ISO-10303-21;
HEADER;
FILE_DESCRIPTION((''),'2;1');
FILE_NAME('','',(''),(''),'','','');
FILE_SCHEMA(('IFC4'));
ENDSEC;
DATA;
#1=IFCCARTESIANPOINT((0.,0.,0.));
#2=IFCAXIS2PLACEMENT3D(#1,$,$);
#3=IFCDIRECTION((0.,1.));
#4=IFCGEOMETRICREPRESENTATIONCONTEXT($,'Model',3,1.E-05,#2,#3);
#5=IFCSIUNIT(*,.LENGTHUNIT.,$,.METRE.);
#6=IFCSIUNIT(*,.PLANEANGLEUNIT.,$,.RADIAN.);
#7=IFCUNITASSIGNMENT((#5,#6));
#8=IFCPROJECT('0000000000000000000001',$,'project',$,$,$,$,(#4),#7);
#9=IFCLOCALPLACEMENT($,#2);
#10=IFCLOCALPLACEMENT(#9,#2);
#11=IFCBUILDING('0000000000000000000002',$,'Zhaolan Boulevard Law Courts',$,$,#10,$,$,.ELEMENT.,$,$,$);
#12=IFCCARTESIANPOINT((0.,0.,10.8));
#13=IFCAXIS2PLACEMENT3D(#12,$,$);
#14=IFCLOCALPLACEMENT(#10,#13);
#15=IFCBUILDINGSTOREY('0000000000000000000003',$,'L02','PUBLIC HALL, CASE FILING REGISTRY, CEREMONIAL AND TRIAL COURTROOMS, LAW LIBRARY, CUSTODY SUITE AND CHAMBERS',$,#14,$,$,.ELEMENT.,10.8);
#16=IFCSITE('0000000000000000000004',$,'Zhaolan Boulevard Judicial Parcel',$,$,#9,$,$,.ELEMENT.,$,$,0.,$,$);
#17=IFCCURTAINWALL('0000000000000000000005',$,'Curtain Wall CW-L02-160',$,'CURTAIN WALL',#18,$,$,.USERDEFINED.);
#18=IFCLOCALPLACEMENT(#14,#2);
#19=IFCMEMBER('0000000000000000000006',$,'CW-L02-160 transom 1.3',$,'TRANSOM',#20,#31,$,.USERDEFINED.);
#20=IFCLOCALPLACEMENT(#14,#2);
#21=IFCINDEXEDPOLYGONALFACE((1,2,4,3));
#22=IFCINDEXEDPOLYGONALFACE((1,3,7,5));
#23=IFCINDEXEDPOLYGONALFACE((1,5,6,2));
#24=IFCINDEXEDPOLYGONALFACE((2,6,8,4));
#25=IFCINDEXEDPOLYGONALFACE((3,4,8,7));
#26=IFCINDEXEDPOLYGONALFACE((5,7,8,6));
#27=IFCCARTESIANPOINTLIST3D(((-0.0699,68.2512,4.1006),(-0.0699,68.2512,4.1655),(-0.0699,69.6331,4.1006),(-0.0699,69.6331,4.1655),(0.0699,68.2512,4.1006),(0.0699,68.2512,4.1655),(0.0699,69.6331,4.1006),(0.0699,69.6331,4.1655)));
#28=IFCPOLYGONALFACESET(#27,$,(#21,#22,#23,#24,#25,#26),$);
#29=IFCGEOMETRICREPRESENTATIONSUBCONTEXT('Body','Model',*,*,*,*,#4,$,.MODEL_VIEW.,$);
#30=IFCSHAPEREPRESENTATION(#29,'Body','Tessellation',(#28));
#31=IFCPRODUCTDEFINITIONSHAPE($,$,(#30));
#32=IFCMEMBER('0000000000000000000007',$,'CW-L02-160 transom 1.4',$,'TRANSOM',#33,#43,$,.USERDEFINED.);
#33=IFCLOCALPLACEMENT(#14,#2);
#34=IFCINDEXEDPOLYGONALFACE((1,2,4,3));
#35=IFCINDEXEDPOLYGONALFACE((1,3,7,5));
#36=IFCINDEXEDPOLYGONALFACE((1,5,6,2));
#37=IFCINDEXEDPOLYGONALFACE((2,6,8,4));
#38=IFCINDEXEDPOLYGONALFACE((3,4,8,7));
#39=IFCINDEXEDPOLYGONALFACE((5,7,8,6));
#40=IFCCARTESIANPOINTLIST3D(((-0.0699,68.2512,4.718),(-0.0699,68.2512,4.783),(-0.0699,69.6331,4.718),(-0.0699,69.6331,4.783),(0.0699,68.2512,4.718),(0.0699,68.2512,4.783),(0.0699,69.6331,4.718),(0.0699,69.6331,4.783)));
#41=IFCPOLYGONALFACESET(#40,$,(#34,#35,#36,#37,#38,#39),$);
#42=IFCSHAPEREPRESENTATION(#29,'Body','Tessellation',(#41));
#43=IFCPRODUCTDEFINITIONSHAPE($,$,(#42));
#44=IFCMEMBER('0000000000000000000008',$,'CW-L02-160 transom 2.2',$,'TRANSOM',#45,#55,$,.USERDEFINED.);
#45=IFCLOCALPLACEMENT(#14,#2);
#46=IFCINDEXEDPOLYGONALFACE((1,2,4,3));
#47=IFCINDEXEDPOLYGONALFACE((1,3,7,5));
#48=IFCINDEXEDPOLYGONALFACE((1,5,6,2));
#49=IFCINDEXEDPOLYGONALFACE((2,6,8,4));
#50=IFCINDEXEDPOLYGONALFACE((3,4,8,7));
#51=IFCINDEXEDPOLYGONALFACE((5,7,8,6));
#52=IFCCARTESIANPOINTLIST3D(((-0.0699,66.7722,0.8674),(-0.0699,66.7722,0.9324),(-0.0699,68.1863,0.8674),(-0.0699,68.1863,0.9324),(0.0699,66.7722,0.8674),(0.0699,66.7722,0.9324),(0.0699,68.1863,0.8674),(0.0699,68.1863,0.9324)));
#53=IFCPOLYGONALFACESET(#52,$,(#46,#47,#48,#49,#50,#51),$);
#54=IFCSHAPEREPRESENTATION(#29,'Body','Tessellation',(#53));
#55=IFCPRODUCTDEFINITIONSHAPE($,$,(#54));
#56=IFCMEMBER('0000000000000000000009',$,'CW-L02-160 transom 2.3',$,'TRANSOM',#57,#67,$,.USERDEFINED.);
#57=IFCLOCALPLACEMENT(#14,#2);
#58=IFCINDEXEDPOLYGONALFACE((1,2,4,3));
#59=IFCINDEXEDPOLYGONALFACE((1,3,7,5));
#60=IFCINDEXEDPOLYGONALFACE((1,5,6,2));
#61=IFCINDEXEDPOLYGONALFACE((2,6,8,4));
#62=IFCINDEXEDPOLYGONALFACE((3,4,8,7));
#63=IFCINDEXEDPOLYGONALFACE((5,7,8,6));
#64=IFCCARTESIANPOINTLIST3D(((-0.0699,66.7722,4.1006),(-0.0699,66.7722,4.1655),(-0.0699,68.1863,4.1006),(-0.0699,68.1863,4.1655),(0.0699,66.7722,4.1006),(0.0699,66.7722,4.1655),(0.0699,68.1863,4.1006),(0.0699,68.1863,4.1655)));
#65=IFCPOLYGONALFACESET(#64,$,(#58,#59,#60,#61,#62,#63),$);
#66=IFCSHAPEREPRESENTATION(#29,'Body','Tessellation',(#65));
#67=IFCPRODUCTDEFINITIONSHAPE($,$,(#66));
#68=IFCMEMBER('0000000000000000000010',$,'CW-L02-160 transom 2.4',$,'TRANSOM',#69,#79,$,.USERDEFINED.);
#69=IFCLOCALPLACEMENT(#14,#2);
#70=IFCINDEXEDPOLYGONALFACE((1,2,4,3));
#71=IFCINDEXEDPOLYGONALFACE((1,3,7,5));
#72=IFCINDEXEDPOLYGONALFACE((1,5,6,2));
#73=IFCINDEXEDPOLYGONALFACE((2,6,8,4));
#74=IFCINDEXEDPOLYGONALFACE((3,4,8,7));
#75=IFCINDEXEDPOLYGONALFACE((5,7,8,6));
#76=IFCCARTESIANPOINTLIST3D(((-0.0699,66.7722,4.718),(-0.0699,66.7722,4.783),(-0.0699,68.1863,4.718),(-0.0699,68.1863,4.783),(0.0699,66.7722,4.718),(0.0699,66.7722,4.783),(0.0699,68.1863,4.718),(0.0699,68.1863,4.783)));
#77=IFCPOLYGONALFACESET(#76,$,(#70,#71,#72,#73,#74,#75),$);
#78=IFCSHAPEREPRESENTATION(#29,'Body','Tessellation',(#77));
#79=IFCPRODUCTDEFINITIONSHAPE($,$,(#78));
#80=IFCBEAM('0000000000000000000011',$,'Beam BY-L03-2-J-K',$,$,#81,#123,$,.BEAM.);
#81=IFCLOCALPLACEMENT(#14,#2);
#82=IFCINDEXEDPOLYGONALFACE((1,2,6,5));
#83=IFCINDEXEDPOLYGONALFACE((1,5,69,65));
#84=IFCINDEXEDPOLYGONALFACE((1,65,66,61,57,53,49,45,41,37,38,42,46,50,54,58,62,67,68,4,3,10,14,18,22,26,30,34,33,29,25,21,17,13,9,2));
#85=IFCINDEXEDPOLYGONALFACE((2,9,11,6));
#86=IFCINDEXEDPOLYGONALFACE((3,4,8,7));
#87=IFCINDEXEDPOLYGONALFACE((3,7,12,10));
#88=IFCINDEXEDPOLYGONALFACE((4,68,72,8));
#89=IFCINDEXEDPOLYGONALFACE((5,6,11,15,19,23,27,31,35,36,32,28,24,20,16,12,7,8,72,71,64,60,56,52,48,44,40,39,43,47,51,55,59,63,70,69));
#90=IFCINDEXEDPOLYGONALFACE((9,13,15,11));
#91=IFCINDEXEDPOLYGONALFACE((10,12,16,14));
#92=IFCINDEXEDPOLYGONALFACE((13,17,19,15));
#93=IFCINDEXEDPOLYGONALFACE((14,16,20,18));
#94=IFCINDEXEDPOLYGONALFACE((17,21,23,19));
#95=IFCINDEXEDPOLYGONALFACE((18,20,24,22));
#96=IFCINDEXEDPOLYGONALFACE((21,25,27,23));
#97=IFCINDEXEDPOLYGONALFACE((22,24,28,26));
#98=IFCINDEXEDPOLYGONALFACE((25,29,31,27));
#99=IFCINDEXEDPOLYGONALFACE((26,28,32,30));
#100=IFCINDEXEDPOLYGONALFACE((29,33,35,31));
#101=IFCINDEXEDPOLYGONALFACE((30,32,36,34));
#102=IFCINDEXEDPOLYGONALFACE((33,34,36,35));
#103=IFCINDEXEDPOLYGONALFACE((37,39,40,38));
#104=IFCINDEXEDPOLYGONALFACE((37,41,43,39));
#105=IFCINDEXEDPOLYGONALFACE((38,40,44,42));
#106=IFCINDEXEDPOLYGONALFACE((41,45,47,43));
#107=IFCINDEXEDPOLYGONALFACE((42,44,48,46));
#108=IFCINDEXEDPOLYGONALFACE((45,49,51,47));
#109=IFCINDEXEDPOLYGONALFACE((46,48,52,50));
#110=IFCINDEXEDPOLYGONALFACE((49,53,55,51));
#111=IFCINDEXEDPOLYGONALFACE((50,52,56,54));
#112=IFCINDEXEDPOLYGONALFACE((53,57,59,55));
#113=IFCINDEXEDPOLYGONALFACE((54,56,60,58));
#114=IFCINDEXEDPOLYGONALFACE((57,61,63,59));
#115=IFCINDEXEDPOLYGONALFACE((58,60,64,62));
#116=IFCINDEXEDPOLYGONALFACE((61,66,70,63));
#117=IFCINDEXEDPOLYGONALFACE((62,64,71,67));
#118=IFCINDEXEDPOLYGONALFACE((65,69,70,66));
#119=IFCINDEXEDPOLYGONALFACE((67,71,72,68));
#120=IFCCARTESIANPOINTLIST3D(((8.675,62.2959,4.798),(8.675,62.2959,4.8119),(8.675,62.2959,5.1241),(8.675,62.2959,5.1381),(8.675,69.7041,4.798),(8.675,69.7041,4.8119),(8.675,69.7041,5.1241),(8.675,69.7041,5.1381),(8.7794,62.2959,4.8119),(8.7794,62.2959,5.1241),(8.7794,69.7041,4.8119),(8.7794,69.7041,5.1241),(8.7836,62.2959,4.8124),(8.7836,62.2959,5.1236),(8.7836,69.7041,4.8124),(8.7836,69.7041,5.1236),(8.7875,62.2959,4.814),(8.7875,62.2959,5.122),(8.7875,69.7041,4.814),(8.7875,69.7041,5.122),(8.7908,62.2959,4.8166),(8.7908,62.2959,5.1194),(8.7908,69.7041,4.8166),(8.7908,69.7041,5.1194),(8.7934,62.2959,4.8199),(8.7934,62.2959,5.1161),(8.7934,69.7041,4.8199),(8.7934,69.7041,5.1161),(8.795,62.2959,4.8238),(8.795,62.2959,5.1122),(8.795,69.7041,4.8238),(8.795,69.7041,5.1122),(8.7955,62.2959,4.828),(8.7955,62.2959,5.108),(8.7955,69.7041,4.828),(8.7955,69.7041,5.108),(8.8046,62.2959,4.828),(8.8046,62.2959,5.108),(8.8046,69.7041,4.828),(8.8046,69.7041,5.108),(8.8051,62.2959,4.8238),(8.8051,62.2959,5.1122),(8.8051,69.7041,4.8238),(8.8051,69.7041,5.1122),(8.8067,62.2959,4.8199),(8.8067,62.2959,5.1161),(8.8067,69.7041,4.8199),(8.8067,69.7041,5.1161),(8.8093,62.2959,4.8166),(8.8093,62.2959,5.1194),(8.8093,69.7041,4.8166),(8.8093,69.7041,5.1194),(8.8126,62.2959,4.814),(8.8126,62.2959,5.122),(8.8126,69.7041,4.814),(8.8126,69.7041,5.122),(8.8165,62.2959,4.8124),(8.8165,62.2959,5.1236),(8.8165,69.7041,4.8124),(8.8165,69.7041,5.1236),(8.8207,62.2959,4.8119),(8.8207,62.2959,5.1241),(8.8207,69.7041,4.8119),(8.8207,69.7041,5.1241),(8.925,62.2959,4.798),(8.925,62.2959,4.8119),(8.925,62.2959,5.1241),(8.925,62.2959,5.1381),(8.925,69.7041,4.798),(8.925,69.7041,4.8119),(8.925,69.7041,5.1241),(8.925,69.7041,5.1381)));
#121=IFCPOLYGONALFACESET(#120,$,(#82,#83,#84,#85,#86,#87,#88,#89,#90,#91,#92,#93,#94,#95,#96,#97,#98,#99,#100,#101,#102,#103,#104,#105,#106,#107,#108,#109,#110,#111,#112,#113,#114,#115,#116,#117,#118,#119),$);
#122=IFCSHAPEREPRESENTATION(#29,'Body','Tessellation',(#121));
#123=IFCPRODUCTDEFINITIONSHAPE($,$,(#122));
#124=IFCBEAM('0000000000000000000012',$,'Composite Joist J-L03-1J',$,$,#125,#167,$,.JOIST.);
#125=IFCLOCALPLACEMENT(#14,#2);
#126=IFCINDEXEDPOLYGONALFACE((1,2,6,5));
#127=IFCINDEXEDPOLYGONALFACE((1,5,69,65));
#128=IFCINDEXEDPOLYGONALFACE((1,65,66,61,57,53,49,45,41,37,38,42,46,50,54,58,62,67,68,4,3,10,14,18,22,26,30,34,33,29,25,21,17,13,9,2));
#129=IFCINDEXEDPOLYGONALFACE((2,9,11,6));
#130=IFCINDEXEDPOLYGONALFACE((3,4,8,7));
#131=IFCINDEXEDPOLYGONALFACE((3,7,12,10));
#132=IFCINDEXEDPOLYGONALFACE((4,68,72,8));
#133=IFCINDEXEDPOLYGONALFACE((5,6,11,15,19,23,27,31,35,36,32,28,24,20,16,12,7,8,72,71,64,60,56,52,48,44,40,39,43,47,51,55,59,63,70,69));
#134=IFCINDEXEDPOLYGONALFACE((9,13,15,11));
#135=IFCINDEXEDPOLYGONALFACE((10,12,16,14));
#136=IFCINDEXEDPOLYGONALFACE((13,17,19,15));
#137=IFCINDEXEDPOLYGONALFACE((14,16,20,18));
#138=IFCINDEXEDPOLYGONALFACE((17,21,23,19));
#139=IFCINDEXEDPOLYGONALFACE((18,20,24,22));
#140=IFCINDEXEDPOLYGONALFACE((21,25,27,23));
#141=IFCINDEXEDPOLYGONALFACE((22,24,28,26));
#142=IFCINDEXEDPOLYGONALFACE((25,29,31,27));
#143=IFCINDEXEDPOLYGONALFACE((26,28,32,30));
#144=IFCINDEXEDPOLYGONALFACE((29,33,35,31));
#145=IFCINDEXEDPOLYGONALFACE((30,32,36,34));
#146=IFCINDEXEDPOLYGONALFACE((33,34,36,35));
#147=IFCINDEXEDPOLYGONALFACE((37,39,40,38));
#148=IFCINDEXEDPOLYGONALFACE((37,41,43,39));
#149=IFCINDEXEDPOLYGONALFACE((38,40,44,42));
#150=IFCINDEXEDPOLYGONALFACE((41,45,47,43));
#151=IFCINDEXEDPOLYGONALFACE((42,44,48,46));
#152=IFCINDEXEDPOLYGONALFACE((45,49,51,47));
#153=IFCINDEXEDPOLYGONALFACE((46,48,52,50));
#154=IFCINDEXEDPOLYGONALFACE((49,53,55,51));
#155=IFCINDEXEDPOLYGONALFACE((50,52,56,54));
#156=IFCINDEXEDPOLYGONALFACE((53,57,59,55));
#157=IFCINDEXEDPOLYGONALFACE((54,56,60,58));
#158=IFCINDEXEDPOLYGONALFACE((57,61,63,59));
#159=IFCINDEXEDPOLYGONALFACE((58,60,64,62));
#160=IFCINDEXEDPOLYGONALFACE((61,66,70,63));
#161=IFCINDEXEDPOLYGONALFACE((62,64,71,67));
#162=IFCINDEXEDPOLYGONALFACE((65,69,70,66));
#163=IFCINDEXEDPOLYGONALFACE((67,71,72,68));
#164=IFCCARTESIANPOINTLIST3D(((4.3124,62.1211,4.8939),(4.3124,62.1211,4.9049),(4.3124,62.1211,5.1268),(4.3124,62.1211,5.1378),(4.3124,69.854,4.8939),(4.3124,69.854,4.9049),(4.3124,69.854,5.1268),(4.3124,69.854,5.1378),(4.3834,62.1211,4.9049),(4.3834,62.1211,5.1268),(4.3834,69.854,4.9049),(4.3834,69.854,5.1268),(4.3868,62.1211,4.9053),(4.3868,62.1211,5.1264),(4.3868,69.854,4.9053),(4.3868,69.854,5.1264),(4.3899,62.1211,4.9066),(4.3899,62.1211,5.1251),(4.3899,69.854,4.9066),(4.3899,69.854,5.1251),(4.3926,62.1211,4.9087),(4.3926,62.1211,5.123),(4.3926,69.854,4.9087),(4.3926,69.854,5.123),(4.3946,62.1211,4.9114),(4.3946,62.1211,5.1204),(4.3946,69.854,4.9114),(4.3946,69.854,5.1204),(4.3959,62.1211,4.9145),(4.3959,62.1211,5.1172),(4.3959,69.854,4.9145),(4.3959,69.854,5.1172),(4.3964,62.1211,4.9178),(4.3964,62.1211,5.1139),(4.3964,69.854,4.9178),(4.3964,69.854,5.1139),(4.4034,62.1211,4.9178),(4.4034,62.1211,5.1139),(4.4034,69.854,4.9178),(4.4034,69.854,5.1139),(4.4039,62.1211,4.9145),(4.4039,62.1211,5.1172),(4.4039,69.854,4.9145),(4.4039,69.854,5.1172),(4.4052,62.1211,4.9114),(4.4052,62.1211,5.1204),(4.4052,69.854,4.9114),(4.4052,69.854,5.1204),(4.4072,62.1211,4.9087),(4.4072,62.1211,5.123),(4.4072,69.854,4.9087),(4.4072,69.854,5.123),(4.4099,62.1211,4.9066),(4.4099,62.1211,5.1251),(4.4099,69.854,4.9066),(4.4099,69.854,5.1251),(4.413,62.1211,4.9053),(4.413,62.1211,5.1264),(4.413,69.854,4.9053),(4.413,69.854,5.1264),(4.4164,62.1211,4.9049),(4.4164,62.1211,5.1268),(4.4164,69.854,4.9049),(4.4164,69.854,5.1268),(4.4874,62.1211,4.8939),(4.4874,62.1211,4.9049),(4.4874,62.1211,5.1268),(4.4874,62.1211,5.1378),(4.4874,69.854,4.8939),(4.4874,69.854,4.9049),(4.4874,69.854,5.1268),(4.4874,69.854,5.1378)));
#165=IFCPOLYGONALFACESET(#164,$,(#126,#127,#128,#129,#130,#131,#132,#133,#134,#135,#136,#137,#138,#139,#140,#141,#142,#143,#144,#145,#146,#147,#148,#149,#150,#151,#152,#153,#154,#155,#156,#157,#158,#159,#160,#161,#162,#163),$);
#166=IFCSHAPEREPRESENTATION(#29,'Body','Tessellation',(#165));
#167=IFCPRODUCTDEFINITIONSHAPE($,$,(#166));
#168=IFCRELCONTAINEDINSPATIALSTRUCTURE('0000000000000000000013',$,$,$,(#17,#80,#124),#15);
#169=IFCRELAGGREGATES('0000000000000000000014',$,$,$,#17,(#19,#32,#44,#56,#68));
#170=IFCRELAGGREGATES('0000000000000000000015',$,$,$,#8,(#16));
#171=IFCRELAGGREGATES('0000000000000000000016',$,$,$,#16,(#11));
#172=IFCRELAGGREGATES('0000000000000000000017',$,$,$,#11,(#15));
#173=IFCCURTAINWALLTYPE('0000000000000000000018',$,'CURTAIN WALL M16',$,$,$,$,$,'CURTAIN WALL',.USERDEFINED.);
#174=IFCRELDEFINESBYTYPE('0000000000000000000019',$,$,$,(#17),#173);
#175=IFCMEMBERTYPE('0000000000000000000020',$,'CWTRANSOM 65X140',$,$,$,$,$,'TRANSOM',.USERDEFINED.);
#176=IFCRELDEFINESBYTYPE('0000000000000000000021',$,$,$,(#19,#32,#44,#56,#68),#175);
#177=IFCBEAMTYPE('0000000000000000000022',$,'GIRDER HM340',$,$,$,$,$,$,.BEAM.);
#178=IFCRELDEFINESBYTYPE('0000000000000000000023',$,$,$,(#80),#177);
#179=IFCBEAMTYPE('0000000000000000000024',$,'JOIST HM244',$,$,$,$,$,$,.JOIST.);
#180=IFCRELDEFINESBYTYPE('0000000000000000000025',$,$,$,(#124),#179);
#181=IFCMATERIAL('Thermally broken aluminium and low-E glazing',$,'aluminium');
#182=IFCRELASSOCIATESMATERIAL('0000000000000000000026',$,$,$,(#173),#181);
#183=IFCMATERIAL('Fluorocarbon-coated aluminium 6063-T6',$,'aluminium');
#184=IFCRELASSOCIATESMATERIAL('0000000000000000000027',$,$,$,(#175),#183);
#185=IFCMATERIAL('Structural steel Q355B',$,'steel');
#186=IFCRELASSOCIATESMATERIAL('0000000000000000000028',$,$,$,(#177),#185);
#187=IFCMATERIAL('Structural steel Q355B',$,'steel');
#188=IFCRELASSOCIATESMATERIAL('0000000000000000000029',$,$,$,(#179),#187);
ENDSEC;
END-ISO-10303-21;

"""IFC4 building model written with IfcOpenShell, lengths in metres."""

from ifc_helpers import new_model, si_unit, direction, frame, origin, origin_2d, place, context, subcontext, project, spatial, rectangle, i_section, extrude, material, material_profile, profile_set, type_object, element, aggregate, save


model = new_model("IFC4")

# Units and contexts
model_context = context("Model", 3, precision=1e-05, world=origin(), true_north=direction((0.0, 1.0)))
body_context = subcontext(model_context, "Body", "Model", "MODEL_VIEW")
ifc_project = project(units=[si_unit("LENGTHUNIT", "METRE"), si_unit("PLANEANGLEUNIT", "RADIAN")], contexts=[model_context])

# Site, building, storey
site_placement = place(None, origin())
site = spatial("IfcSite", under=ifc_project, at=site_placement, Name="Zhaolan Boulevard Judicial Parcel", CompositionType="ELEMENT", RefElevation=0.0)
building_placement = place(site_placement, origin())
building = spatial("IfcBuilding", under=site, at=building_placement, Name="Zhaolan Boulevard Law Courts", CompositionType="ELEMENT")
storey_placement = place(building_placement, frame((0.0, 0.0, 10.8)))
storey = spatial("IfcBuildingStorey", under=building, at=storey_placement, Name="L02", Description="PUBLIC HALL, CASE FILING REGISTRY, CEREMONIAL AND TRIAL COURTROOMS, LAW LIBRARY, CUSTODY SUITE AND CHAMBERS", CompositionType="ELEMENT", Elevation=10.8)

# Curtain wall, members
ifc_material_1 = material(Name="Thermally broken aluminium and low-E glazing", Category="aluminium")
curtain_wall_type = type_object("IfcCurtainWallType", Name="CURTAIN WALL M16", ElementType="CURTAIN WALL", PredefinedType="USERDEFINED", material=ifc_material_1)
curtain_wall_placement = place(storey_placement, origin())
curtain_wall = element("IfcCurtainWall", 1, at=curtain_wall_placement, inside=storey, type_object=curtain_wall_type, Name="Curtain Wall CW-L02-160", ObjectType="CURTAIN WALL", PredefinedType="USERDEFINED")
ifc_material_2 = material(Name="Fluorocarbon-coated aluminium 6063-T6", Category="aluminium")
ifc_material_profile_1 = material_profile(ifc_material_2, rectangle(XDim=0.1399, YDim=0.0649, at=origin_2d()), Name="AL65x140")
ifc_profile_set_1 = profile_set([ifc_material_profile_1], Name="Fluorocarbon-coated aluminium 6063-T6")
member_type_1 = type_object("IfcMemberType", Name="CWTRANSOM 65X140", ElementType="TRANSOM", PredefinedType="USERDEFINED", material=ifc_profile_set_1)
member_1_placement = place(storey_placement, frame((0.0, 69.6331, 4.1331), z_axis=(0.0, -1.0, 0.0), x_axis=(1.0, 0.0, 0.0)))
member_1 = element("IfcMember", 2, at=member_1_placement, type_object=member_type_1, Name="CW-L02-160 transom 1.3", ObjectType="TRANSOM", PredefinedType="USERDEFINED", context=body_context, shape_type="SweptSolid", body=[
    extrude(rectangle(XDim=0.1399, YDim=0.0649, at=origin_2d()), origin(), (0.0, 0.0, 1.0), 1.3818),
])
member_2_placement = place(storey_placement, frame((0.0, 69.6331, 4.7505), z_axis=(0.0, -1.0, 0.0), x_axis=(1.0, 0.0, 0.0)))
member_2 = element("IfcMember", 3, at=member_2_placement, type_object=member_type_1, Name="CW-L02-160 transom 1.4", ObjectType="TRANSOM", PredefinedType="USERDEFINED", context=body_context, shape_type="SweptSolid", body=[
    extrude(rectangle(XDim=0.1399, YDim=0.0649, at=origin_2d()), origin(), (0.0, 0.0, 1.0), 1.3818),
])
member_3_placement = place(storey_placement, frame((0.0, 68.1863, 0.8999), z_axis=(0.0, -1.0, 0.0), x_axis=(1.0, 0.0, 0.0)))
member_3 = element("IfcMember", 4, at=member_3_placement, type_object=member_type_1, Name="CW-L02-160 transom 2.2", ObjectType="TRANSOM", PredefinedType="USERDEFINED", context=body_context, shape_type="SweptSolid", body=[
    extrude(rectangle(XDim=0.1399, YDim=0.0649, at=origin_2d()), origin(), (0.0, 0.0, 1.0), 1.4141),
])
member_4_placement = place(storey_placement, frame((0.0, 68.1863, 4.1331), z_axis=(0.0, -1.0, 0.0), x_axis=(1.0, 0.0, 0.0)))
member_4 = element("IfcMember", 5, at=member_4_placement, type_object=member_type_1, Name="CW-L02-160 transom 2.3", ObjectType="TRANSOM", PredefinedType="USERDEFINED", context=body_context, shape_type="SweptSolid", body=[
    extrude(rectangle(XDim=0.1399, YDim=0.0649, at=origin_2d()), origin(), (0.0, 0.0, 1.0), 1.4141),
])
member_5_placement = place(storey_placement, frame((0.0, 68.1863, 4.7505), z_axis=(0.0, -1.0, 0.0), x_axis=(1.0, 0.0, 0.0)))
member_5 = element("IfcMember", 6, at=member_5_placement, type_object=member_type_1, Name="CW-L02-160 transom 2.4", ObjectType="TRANSOM", PredefinedType="USERDEFINED", context=body_context, shape_type="SweptSolid", body=[
    extrude(rectangle(XDim=0.1399, YDim=0.0649, at=origin_2d()), origin(), (0.0, 0.0, 1.0), 1.4141),
])

# Beams
ifc_material_3 = material(Name="Structural steel Q355B", Category="steel")
ifc_material_profile_2 = material_profile(ifc_material_3, i_section(OverallWidth=0.25, OverallDepth=0.3401, WebThickness=0.009, FlangeThickness=0.0139, FilletRadius=0.0161, at=origin_2d()), Name="HM340x250")
ifc_profile_set_2 = profile_set([ifc_material_profile_2], Name="Structural steel Q355B")
beam_type_1 = type_object("IfcBeamType", Name="GIRDER HM340", PredefinedType="BEAM", material=ifc_profile_set_2)
beam_1_placement = place(storey_placement, frame((8.8, 62.2959, 4.968), z_axis=(0.0, 1.0, 0.0), x_axis=(-1.0, 0.0, 0.0)))
element("IfcBeam", 7, at=beam_1_placement, inside=storey, type_object=beam_type_1, Name="Beam BY-L03-2-J-K", PredefinedType="BEAM", context=body_context, shape_type="SweptSolid", body=[
    extrude(i_section(OverallWidth=0.25, OverallDepth=0.3401, WebThickness=0.009, FlangeThickness=0.0139, FilletRadius=0.0161, at=origin_2d()), origin(), (0.0, 0.0, 1.0), 7.4082),
])
ifc_material_4 = material(Name="Structural steel Q355B", Category="steel")
ifc_material_profile_3 = material_profile(ifc_material_4, i_section(OverallWidth=0.175, OverallDepth=0.2439, WebThickness=0.0071, FlangeThickness=0.011, FilletRadius=0.0129, at=origin_2d()), Name="HM244x175")
ifc_profile_set_3 = profile_set([ifc_material_profile_3], Name="Structural steel Q355B")
beam_type_2 = type_object("IfcBeamType", Name="JOIST HM244", PredefinedType="JOIST", material=ifc_profile_set_3)
beam_2_placement = place(storey_placement, frame((4.3999, 62.1211, 5.0159), z_axis=(0.0, 1.0, 0.0), x_axis=(-1.0, 0.0, 0.0)))
element("IfcBeam", 8, at=beam_2_placement, inside=storey, type_object=beam_type_2, Name="Composite Joist J-L03-1J", PredefinedType="JOIST", context=body_context, shape_type="SweptSolid", body=[
    extrude(i_section(OverallWidth=0.175, OverallDepth=0.2439, WebThickness=0.0071, FlangeThickness=0.011, FilletRadius=0.0129, at=origin_2d()), origin(), (0.0, 0.0, 1.0), 7.7329),
])

aggregate(curtain_wall, [member_1, member_2, member_3, member_4, member_5])

save(model, "model.ifc")
